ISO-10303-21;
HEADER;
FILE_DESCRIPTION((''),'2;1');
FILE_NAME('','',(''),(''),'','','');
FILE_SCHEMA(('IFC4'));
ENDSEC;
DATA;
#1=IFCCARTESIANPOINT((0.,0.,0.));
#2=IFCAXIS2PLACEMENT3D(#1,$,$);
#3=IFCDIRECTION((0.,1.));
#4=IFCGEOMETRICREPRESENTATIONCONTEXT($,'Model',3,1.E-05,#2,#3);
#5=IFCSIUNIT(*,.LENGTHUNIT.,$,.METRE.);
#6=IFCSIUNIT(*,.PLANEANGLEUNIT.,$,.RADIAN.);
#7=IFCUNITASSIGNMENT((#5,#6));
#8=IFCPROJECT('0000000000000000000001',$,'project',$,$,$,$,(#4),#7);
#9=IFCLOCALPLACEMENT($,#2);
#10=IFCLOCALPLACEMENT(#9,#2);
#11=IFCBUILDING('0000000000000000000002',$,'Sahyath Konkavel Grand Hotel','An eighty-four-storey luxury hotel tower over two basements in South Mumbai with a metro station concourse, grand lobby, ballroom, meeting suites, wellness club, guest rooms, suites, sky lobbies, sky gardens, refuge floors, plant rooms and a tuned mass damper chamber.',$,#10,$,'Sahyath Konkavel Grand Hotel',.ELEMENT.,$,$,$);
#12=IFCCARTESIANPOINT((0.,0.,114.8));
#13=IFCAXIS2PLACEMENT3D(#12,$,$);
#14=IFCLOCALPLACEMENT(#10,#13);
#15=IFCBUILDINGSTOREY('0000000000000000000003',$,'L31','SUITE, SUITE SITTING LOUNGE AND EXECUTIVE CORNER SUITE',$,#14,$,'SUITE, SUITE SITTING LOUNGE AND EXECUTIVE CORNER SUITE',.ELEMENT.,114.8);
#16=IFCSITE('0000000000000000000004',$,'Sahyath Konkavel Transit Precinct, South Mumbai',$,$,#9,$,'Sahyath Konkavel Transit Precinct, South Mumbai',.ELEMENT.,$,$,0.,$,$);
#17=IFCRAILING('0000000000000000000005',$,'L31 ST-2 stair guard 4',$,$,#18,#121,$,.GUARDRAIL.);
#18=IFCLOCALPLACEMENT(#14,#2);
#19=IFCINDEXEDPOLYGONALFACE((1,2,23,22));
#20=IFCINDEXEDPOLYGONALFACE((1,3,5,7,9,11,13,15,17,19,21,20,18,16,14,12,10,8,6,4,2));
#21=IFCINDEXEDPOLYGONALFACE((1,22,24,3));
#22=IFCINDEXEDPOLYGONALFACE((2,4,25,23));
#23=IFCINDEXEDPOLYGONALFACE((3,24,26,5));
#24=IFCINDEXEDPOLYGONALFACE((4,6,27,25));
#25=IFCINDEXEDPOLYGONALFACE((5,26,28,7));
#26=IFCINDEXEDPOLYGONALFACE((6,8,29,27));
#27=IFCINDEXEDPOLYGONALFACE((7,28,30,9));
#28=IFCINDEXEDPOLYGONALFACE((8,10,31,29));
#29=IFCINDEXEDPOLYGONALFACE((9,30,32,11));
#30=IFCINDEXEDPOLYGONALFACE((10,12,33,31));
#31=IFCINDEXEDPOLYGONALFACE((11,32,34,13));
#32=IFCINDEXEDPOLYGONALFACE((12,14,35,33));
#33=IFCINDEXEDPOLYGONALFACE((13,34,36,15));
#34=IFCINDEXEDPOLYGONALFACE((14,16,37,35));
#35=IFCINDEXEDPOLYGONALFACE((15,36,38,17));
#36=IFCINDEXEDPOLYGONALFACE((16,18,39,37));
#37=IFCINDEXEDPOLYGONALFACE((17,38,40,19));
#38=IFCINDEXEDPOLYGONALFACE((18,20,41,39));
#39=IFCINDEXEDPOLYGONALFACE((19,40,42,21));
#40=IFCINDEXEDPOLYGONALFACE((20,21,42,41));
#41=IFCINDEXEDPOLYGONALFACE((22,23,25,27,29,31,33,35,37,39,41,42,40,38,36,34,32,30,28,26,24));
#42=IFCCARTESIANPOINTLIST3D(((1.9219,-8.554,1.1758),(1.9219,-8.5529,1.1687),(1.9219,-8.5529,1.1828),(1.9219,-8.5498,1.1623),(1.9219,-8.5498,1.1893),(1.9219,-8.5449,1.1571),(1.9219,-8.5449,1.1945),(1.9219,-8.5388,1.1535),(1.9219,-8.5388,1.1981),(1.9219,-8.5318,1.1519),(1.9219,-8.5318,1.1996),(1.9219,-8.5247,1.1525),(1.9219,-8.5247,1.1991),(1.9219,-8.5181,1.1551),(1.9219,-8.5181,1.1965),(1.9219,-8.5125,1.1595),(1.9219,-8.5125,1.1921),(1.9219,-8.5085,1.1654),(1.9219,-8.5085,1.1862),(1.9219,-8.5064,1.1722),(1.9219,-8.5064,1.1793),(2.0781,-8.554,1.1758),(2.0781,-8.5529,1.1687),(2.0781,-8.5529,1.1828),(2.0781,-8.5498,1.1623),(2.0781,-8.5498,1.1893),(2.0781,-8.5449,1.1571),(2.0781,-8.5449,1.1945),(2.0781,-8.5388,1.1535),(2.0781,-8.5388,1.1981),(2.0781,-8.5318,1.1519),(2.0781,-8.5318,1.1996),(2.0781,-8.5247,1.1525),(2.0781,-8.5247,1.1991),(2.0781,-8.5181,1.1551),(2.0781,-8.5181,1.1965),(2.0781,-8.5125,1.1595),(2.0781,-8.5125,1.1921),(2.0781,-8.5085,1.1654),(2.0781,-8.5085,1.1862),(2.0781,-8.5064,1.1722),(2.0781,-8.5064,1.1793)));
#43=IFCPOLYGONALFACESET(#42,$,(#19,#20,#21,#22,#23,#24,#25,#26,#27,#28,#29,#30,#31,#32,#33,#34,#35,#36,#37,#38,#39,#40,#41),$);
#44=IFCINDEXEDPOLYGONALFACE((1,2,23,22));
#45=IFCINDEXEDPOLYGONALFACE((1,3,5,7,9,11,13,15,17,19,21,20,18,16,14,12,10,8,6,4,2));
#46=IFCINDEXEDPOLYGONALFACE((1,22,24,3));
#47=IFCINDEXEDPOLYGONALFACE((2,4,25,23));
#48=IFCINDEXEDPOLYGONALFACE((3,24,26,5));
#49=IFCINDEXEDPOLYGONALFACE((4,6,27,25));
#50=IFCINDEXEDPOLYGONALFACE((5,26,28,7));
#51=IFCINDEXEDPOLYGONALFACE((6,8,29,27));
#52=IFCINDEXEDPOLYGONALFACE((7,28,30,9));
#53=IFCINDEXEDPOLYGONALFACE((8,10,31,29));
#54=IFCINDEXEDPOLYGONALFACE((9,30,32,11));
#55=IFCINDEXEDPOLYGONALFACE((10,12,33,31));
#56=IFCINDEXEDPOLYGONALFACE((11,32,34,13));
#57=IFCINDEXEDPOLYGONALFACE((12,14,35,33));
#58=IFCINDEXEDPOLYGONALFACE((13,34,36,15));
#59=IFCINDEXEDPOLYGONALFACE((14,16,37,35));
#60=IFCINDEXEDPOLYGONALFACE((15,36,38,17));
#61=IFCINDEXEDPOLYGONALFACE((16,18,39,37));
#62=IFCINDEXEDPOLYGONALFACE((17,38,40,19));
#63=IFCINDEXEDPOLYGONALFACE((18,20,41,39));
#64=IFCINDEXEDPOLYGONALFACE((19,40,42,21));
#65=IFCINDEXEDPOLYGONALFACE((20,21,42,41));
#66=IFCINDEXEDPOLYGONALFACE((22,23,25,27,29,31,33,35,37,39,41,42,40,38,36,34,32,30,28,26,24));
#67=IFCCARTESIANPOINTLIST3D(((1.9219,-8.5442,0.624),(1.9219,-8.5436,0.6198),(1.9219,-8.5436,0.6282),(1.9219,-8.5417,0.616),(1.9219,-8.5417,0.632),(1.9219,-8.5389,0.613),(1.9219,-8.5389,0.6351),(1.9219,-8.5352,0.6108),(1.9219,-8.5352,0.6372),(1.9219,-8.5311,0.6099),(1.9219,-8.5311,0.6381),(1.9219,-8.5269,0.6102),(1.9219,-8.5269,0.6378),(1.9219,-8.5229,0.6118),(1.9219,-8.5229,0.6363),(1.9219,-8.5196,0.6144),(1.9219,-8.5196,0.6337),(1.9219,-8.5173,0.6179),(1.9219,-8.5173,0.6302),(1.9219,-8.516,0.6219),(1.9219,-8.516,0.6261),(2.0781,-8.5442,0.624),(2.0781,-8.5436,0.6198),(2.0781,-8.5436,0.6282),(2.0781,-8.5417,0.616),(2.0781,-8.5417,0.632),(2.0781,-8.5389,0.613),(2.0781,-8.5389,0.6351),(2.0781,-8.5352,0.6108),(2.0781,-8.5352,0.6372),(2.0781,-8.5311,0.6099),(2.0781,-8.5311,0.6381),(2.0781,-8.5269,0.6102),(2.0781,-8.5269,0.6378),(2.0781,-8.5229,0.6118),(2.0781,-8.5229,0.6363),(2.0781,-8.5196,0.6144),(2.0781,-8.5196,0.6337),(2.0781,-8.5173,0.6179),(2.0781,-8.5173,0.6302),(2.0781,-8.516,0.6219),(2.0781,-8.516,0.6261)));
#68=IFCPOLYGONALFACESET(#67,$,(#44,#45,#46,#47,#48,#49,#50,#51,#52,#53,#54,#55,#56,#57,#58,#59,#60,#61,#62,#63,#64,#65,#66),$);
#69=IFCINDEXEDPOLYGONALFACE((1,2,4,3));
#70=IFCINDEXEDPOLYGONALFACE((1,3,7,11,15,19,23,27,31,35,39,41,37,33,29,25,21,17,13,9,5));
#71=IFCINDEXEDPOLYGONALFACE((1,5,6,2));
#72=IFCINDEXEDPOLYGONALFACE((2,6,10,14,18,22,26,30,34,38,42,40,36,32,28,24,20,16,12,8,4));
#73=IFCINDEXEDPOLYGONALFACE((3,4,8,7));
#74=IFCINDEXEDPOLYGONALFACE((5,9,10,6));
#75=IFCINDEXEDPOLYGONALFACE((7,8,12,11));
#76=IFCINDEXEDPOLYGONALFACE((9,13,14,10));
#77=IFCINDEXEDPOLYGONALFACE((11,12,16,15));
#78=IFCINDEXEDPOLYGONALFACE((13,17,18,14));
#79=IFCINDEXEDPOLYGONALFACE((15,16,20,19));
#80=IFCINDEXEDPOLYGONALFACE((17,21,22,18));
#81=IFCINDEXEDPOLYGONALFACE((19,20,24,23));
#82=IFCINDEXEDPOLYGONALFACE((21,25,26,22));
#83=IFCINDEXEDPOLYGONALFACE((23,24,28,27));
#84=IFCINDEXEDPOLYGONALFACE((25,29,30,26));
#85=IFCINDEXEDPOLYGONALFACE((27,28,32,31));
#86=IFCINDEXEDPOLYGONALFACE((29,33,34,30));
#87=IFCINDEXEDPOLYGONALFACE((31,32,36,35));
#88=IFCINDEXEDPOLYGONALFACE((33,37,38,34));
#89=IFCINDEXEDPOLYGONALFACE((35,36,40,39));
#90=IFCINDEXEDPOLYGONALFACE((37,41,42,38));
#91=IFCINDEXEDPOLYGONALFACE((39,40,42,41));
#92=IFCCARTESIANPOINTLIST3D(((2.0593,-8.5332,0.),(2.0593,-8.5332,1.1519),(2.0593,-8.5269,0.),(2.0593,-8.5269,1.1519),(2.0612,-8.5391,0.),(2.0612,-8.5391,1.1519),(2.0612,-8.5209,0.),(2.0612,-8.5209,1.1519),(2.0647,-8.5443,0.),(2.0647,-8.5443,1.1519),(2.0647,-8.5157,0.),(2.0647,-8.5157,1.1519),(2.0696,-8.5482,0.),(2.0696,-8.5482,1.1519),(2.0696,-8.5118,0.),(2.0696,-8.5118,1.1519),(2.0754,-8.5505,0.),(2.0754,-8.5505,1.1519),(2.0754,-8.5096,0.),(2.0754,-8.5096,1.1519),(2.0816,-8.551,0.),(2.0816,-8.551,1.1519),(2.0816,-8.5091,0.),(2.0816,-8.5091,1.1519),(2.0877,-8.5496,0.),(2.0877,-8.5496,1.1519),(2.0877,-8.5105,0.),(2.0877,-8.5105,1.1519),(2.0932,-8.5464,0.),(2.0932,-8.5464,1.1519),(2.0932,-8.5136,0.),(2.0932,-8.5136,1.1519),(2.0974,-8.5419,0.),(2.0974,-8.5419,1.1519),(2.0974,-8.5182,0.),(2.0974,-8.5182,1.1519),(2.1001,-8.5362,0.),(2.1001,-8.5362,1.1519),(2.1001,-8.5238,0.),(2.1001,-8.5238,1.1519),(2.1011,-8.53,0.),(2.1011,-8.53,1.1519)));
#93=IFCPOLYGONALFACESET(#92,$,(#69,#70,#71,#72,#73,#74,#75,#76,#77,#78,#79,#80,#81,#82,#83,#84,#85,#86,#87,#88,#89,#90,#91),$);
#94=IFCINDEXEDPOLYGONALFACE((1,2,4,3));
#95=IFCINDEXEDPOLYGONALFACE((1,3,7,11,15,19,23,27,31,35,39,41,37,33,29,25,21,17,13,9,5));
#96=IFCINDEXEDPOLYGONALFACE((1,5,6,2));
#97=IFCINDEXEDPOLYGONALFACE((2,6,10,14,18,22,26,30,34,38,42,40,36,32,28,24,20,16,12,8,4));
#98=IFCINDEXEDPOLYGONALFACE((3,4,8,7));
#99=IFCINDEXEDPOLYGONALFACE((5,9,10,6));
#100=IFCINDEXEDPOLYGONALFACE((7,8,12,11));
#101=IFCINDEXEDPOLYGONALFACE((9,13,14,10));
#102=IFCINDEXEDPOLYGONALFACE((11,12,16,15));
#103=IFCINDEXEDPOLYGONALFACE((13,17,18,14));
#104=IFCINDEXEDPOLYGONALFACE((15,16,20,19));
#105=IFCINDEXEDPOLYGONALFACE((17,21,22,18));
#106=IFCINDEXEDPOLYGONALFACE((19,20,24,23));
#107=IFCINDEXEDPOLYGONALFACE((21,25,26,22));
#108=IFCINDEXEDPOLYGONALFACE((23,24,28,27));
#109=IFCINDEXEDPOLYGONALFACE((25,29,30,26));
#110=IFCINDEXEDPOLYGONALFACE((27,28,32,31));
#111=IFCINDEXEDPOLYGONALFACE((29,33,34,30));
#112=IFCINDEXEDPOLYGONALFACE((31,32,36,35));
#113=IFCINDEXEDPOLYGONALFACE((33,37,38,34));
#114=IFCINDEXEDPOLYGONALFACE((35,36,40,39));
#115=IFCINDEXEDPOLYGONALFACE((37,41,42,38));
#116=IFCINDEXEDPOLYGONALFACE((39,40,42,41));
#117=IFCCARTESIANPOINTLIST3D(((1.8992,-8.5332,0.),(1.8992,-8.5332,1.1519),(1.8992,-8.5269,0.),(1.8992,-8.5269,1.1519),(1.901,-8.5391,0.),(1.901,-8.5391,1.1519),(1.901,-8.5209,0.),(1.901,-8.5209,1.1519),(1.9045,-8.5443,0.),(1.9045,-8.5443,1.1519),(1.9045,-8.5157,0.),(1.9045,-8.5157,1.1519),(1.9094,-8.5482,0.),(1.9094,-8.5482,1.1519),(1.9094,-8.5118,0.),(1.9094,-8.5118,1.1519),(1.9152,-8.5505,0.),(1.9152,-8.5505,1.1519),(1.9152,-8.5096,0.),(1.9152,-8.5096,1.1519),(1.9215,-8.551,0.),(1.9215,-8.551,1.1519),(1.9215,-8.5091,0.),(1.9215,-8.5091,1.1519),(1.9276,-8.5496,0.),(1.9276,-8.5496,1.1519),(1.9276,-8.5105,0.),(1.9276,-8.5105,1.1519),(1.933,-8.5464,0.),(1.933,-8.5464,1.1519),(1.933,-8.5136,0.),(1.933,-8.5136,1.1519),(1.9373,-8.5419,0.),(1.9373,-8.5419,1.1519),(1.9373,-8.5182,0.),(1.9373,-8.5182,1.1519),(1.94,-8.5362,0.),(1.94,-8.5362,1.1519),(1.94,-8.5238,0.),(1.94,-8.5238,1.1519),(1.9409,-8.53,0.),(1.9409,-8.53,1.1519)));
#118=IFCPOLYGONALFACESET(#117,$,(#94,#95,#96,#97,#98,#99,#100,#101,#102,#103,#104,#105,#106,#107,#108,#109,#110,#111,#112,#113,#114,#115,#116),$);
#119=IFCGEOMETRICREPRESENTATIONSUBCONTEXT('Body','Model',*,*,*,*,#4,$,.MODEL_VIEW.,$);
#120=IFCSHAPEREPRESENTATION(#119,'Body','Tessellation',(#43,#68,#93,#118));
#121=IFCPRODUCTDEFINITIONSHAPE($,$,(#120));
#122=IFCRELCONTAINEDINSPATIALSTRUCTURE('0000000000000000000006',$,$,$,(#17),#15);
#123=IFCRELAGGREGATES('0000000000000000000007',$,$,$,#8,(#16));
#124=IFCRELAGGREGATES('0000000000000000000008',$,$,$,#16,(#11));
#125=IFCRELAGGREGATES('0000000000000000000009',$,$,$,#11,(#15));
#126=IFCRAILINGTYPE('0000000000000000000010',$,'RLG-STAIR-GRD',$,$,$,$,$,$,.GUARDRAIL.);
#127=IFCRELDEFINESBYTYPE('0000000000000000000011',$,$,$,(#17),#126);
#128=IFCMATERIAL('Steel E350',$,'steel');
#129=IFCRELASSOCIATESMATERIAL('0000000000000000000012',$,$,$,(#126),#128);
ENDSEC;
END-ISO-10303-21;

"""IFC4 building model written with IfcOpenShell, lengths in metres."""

from ifc_helpers import new_model, si_unit, direction, frame, origin, origin_2d, place, context, subcontext, project, spatial, circle, extrude, material, type_object, element, save


model = new_model("IFC4")

# Units and contexts
model_context = context("Model", 3, precision=1e-05, world=origin(), true_north=direction((0.0, 1.0)))
body_context = subcontext(model_context, "Body", "Model", "MODEL_VIEW")
ifc_project = project(units=[si_unit("LENGTHUNIT", "METRE"), si_unit("PLANEANGLEUNIT", "RADIAN")], contexts=[model_context])

# Site, building, storey
site_placement = place(None, origin())
site = spatial("IfcSite", under=ifc_project, at=site_placement, Name="Sahyath Konkavel Transit Precinct, South Mumbai", LongName="Sahyath Konkavel Transit Precinct, South Mumbai", CompositionType="ELEMENT", RefElevation=0.0)
building_placement = place(site_placement, origin())
building = spatial("IfcBuilding", under=site, at=building_placement, Name="Sahyath Konkavel Grand Hotel", Description="An eighty-four-storey luxury hotel tower over two basements in South Mumbai with a metro station concourse, grand lobby, ballroom, meeting suites, wellness club, guest rooms, suites, sky lobbies, sky gardens, refuge floors, plant rooms and a tuned mass damper chamber.", LongName="Sahyath Konkavel Grand Hotel", CompositionType="ELEMENT")
storey_placement = place(building_placement, frame((0.0, 0.0, 114.8)))
storey = spatial("IfcBuildingStorey", under=building, at=storey_placement, Name="L31", Description="SUITE, SUITE SITTING LOUNGE AND EXECUTIVE CORNER SUITE", LongName="SUITE, SUITE SITTING LOUNGE AND EXECUTIVE CORNER SUITE", CompositionType="ELEMENT", Elevation=114.8)

# Shared definitions
ifc_material_1 = material(Name="Steel E350", Category="steel")

# Railing
railing_type_1 = type_object("IfcRailingType", Name="RLG-STAIR-GRD", PredefinedType="GUARDRAIL", material=ifc_material_1)
railing_1_placement = place(storey_placement, frame((2.0801, -8.53, 0.0)))
element("IfcRailing", 1, at=railing_1_placement, inside=storey, type_object=railing_type_1, Name="L31 ST-2 stair guard 4", PredefinedType="GUARDRAIL", context=body_context, shape_type="SweptSolid", body=[
    extrude(circle(Radius=0.0239, at=origin_2d()), frame((-0.002, 0.0, 1.1758), z_axis=(-1.0, 0.0, 0.0), x_axis=(0.0, -1.0, 0.0)), (0.0, 0.0, 1.0), 0.1562),
    extrude(circle(Radius=0.0142, at=origin_2d()), frame((-0.002, 0.0, 0.624), z_axis=(-1.0, 0.0, 0.0), x_axis=(0.0, -1.0, 0.0)), (0.0, 0.0, 1.0), 0.1562),
    extrude(circle(Radius=0.021, at=origin_2d()), origin(), (0.0, 0.0, 1.0), 1.1519),
    extrude(circle(Radius=0.021, at=origin_2d()), frame((-0.1602, 0.0, 0.0)), (0.0, 0.0, 1.0), 1.1519),
])

save(model, "model.ifc")
